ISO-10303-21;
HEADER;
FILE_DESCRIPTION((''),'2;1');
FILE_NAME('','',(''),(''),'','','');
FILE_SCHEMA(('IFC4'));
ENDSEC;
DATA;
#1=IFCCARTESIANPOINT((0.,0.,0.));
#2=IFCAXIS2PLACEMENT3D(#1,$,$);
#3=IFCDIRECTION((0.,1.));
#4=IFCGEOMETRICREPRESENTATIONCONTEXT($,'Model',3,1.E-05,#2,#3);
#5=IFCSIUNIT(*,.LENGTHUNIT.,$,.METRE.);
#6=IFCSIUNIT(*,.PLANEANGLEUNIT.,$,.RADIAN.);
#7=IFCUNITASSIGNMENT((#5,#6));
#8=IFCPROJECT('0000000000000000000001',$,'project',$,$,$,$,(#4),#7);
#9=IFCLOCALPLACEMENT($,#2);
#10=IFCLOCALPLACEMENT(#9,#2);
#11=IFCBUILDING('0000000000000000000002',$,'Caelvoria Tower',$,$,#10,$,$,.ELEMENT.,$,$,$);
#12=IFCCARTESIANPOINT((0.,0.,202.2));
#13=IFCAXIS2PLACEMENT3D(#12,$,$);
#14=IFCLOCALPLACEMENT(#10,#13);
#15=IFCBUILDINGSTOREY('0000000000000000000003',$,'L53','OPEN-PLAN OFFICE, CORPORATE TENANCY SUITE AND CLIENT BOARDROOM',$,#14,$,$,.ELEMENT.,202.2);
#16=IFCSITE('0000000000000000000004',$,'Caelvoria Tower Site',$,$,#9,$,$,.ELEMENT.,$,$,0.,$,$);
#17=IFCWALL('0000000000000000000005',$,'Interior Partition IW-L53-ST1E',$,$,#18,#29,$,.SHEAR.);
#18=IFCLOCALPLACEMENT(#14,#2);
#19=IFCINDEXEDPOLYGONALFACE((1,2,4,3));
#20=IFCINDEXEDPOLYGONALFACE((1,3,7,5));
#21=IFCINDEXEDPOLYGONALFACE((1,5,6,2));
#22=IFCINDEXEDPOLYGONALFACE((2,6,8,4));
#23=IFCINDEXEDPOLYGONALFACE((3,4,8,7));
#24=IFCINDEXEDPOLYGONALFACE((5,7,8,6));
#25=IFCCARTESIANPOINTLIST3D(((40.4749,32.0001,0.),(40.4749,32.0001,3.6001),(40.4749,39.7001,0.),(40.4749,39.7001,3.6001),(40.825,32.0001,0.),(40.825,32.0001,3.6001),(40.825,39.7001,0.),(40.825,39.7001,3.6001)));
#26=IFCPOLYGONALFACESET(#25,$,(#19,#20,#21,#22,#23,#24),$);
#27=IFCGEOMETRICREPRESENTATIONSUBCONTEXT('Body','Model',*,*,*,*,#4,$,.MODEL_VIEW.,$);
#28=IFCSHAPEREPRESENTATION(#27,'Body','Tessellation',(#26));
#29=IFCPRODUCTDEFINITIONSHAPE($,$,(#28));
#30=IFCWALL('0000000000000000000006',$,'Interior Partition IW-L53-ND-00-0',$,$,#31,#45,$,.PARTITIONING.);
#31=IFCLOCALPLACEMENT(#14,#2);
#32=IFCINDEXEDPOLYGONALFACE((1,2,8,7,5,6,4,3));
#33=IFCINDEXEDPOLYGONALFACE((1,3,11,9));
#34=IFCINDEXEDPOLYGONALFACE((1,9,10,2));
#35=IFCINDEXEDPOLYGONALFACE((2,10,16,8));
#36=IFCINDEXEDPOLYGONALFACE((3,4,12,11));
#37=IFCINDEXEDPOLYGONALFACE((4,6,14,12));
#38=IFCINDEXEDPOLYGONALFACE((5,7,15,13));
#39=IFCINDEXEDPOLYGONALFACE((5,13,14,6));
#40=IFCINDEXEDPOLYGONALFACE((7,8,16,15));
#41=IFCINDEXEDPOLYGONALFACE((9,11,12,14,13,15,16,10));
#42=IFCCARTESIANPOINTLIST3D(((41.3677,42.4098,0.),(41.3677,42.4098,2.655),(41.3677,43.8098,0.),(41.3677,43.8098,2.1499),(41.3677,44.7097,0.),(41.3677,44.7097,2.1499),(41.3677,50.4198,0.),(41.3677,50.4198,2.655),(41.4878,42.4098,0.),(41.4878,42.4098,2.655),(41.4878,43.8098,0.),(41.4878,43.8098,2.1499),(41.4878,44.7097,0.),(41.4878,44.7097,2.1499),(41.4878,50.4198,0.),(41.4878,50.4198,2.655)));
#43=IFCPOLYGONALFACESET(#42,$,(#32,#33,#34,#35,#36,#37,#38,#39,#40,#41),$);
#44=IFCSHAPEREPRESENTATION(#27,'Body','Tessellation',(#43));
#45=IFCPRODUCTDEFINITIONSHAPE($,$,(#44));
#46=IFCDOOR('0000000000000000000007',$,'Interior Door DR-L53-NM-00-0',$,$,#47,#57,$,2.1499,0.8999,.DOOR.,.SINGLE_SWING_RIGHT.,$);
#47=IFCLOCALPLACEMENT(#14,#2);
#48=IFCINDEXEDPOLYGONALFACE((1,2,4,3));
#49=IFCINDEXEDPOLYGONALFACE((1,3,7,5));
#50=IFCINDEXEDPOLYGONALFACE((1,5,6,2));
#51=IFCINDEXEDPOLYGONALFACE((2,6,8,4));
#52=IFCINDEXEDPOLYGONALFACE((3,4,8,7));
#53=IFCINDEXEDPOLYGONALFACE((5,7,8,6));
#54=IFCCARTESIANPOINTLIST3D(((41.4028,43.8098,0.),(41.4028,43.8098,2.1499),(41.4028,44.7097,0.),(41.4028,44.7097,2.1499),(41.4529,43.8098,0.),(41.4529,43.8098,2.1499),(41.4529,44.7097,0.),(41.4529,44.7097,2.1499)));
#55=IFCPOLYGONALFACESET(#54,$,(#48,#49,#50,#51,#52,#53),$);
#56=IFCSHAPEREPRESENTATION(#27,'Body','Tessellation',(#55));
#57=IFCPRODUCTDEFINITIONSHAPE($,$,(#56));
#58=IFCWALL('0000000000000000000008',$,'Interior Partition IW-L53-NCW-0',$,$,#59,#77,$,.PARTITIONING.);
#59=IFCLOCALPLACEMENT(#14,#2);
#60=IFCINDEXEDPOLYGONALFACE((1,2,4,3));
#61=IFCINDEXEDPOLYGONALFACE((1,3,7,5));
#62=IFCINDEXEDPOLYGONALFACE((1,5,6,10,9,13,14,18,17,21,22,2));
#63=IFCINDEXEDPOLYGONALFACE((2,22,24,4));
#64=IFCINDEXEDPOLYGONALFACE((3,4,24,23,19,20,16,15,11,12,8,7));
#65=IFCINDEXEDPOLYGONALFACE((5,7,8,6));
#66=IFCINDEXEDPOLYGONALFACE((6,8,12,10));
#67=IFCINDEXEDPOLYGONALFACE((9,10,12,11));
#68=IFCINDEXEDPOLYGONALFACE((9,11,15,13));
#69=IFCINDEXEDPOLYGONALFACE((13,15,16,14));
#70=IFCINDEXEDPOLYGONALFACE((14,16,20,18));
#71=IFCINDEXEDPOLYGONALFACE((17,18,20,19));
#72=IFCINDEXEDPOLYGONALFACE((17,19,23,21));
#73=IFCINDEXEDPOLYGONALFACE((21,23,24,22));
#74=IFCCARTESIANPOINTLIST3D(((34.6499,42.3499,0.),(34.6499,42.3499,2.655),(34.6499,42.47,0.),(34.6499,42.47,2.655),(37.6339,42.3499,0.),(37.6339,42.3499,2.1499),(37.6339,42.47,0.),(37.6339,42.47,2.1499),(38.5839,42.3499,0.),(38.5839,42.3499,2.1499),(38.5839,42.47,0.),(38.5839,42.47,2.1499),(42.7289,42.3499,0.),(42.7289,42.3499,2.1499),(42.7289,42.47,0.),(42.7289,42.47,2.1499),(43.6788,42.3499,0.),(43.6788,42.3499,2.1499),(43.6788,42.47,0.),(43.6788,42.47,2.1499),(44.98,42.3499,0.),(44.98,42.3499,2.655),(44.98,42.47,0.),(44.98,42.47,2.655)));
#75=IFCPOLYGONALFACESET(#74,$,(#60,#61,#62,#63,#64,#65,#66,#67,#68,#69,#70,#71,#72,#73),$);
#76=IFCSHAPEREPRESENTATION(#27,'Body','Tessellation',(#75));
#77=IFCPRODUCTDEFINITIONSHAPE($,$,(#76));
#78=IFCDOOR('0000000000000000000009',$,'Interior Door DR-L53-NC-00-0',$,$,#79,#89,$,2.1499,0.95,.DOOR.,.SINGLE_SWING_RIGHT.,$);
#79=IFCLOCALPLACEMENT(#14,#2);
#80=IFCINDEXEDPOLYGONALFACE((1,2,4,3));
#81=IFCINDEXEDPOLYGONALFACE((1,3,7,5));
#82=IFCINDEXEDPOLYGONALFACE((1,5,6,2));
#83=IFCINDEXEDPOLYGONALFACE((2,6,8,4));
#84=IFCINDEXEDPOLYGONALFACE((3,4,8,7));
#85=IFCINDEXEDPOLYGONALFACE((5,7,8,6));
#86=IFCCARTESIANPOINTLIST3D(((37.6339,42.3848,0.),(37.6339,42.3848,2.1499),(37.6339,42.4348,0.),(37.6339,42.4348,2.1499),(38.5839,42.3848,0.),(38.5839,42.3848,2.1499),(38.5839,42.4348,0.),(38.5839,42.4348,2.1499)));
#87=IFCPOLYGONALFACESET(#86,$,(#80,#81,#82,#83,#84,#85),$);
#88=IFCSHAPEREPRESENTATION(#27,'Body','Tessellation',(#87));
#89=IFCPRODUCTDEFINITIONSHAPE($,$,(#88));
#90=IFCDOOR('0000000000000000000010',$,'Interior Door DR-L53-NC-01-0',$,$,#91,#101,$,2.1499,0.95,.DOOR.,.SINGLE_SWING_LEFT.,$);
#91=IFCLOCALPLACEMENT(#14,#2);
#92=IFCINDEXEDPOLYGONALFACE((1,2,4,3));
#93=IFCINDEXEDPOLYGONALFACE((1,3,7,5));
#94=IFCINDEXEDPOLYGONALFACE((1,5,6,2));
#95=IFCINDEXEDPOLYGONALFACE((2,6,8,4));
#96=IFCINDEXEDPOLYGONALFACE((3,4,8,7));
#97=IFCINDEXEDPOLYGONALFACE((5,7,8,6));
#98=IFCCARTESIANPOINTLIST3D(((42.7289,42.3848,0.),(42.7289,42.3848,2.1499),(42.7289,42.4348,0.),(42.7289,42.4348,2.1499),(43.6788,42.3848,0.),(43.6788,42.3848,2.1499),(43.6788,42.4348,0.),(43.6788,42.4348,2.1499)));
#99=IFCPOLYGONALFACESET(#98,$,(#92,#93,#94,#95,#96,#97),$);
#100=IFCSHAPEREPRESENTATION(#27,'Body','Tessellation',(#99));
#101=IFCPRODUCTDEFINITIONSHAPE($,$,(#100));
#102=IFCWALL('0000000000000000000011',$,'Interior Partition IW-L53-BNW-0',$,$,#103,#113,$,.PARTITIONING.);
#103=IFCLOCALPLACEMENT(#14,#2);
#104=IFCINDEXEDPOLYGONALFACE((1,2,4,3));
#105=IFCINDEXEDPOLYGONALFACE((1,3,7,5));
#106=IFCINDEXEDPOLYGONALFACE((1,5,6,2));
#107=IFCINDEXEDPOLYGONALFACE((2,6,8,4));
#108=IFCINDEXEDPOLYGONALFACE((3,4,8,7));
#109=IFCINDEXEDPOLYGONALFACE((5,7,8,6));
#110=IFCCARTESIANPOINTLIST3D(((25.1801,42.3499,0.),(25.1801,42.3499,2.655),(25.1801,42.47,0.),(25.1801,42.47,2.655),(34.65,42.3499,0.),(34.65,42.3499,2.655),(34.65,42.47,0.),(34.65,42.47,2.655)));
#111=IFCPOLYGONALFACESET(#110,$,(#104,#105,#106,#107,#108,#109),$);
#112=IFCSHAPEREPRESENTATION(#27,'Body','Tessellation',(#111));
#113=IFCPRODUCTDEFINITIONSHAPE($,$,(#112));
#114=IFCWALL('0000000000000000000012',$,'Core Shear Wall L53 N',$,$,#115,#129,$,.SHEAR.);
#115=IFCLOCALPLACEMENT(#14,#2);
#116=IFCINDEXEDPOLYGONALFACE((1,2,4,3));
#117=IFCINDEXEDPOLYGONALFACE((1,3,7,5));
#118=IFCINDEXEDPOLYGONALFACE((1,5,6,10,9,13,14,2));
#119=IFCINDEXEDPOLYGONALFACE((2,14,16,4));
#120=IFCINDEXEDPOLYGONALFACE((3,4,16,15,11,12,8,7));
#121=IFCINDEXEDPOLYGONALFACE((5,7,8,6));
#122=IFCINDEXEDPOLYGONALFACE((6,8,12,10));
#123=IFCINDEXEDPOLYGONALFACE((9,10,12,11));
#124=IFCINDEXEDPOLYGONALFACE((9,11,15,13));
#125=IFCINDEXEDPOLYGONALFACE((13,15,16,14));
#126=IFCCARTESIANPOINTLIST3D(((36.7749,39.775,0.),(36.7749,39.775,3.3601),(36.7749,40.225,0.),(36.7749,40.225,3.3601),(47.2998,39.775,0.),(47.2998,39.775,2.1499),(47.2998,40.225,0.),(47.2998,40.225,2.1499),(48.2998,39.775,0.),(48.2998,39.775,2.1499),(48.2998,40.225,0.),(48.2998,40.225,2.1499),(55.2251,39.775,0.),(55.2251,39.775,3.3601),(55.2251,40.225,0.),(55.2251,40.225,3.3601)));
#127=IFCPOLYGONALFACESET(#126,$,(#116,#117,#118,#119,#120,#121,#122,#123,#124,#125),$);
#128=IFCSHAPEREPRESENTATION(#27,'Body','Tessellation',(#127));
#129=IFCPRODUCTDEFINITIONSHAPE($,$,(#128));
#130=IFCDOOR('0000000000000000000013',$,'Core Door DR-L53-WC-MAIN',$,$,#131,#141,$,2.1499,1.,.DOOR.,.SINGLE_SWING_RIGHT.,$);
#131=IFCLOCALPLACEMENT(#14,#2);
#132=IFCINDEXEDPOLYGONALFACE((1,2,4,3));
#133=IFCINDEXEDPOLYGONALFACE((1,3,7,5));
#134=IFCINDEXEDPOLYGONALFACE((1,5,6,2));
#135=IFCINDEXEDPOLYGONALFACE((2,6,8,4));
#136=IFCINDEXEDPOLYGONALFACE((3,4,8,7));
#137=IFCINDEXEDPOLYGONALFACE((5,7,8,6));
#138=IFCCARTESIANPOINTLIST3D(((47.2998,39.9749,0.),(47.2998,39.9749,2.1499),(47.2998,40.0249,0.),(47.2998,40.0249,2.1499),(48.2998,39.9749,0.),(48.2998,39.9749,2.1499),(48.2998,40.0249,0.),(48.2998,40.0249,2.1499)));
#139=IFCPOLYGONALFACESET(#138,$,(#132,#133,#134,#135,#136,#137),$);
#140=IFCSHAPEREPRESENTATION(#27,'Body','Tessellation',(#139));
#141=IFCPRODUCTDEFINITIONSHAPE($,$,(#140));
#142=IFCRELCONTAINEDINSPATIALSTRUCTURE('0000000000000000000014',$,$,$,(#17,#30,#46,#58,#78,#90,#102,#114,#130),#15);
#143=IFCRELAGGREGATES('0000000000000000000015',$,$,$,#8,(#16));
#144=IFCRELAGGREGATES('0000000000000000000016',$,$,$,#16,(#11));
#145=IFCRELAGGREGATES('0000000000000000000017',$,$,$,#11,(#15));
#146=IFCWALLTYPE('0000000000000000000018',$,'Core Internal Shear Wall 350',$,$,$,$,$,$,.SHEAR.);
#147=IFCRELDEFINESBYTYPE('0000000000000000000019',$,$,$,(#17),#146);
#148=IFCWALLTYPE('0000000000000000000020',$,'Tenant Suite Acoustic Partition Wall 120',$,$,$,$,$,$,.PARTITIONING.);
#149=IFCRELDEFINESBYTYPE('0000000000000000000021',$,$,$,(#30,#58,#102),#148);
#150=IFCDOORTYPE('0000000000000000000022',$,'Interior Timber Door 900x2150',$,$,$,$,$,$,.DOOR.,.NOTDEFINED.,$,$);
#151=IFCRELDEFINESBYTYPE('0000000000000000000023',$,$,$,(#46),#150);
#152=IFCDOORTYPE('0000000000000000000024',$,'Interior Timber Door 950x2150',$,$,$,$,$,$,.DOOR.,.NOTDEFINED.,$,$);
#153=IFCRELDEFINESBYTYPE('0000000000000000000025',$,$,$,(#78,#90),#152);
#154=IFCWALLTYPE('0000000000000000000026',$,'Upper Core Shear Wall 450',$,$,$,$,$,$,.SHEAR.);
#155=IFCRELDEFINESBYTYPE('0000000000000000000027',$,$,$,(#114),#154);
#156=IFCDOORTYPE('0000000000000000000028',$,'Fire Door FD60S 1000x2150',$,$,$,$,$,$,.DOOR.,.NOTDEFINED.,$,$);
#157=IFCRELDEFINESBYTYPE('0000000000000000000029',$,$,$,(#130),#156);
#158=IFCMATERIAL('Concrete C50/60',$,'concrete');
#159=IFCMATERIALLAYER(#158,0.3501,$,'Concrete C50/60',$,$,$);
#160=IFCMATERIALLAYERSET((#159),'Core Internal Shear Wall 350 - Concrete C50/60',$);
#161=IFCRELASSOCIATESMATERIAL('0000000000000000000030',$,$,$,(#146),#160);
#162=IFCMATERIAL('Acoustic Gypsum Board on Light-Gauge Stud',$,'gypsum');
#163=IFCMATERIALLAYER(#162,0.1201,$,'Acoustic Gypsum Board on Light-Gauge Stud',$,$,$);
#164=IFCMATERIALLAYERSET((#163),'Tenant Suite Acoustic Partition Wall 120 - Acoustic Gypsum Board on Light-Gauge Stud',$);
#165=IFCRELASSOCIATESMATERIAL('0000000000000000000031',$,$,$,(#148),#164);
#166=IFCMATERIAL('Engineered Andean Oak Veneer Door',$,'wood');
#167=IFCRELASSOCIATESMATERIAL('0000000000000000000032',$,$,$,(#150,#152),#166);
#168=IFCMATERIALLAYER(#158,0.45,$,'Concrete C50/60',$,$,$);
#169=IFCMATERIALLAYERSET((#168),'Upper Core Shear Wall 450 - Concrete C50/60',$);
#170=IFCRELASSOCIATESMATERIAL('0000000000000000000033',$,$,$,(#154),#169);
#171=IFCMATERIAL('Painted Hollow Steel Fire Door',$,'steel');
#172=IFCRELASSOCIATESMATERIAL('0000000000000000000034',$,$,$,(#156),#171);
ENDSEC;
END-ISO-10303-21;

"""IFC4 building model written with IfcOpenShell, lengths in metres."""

from ifc_helpers import new_model, si_unit, direction, frame, frame_2d, origin, place, context, subcontext, project, spatial, rectangle, extrude, material, layer, layer_set, type_object, element, fill, save


model = new_model("IFC4")

# Units and contexts
model_context = context("Model", 3, precision=1e-05, world=origin(), true_north=direction((0.0, 1.0)))
body_context = subcontext(model_context, "Body", "Model", "MODEL_VIEW")
ifc_project = project(units=[si_unit("LENGTHUNIT", "METRE"), si_unit("PLANEANGLEUNIT", "RADIAN")], contexts=[model_context])

# Site, building, storey
site_placement = place(None, origin())
site = spatial("IfcSite", under=ifc_project, at=site_placement, Name="Caelvoria Tower Site", CompositionType="ELEMENT", RefElevation=0.0)
building_placement = place(site_placement, origin())
building = spatial("IfcBuilding", under=site, at=building_placement, Name="Caelvoria Tower", CompositionType="ELEMENT")
storey_placement = place(building_placement, frame((0.0, 0.0, 202.2)))
storey = spatial("IfcBuildingStorey", under=building, at=storey_placement, Name="L53", Description="OPEN-PLAN OFFICE, CORPORATE TENANCY SUITE AND CLIENT BOARDROOM", CompositionType="ELEMENT", Elevation=202.2)

# Wall
ifc_material_1 = material(Name="Concrete C50/60", Category="concrete")
ifc_layer_1 = layer(ifc_material_1, 0.3501, Name="Concrete C50/60")
ifc_layer_set_1 = layer_set([ifc_layer_1], Name="Core Internal Shear Wall 350 - Concrete C50/60")
wall_type_1 = type_object("IfcWallType", Name="Core Internal Shear Wall 350", PredefinedType="SHEAR", material=ifc_layer_set_1)
wall_1_placement = place(storey_placement, frame((40.6499, 32.0, 0.0), z_axis=(0.0, 0.0, 1.0), x_axis=(0.0, 1.0, 0.0)))
element("IfcWall", 1, at=wall_1_placement, inside=storey, type_object=wall_type_1, Name="Interior Partition IW-L53-ST1E", PredefinedType="SHEAR", context=body_context, shape_type="SweptSolid", body=[
    extrude(rectangle(XDim=7.7, YDim=0.3501, at=frame_2d((3.8501, 0.0))), origin(), (0.0, 0.0, 1.0), 3.6001),
])

# Wall, opening, door
ifc_material_2 = material(Name="Acoustic Gypsum Board on Light-Gauge Stud", Category="gypsum")
ifc_layer_2 = layer(ifc_material_2, 0.1201, Name="Acoustic Gypsum Board on Light-Gauge Stud")
ifc_layer_set_2 = layer_set([ifc_layer_2], Name="Tenant Suite Acoustic Partition Wall 120 - Acoustic Gypsum Board on Light-Gauge Stud")
wall_type_2 = type_object("IfcWallType", Name="Tenant Suite Acoustic Partition Wall 120", PredefinedType="PARTITIONING", material=ifc_layer_set_2)
wall_2_placement = place(storey_placement, frame((41.4277, 42.4099, 0.0), z_axis=(0.0, 0.0, 1.0), x_axis=(0.0, 1.0, 0.0)))
wall_2 = element("IfcWall", 2, at=wall_2_placement, inside=storey, type_object=wall_type_2, Name="Interior Partition IW-L53-ND-00-0", PredefinedType="PARTITIONING", context=body_context, shape_type="SweptSolid", body=[
    extrude(rectangle(XDim=8.01, YDim=0.1201, at=frame_2d((4.0049, 0.0))), origin(), (0.0, 0.0, 1.0), 2.655),
])
opening_1_placement = place(wall_2_placement, frame((1.3999, 0.0, 0.0)))
opening_1 = element("IfcOpeningElement", 3, at=opening_1_placement, cuts=wall_2, PredefinedType="OPENING", context=body_context, shape_type="SweptSolid", body=[
    extrude(rectangle(XDim=0.8999, YDim=2.1499, at=frame_2d((0.45, 1.075))), frame((0.0, 0.0701, 0.0), z_axis=(0.0, -1.0, 0.0), x_axis=(1.0, 0.0, 0.0)), (0.0, 0.0, 1.0), 0.1401),
])
ifc_material_3 = material(Name="Engineered Andean Oak Veneer Door", Category="wood")
door_type_1 = type_object("IfcDoorType", Name="Interior Timber Door 900x2150", OperationType="NOTDEFINED", PredefinedType="DOOR", material=ifc_material_3)
door_1_placement = place(opening_1_placement, origin())
door_1 = element("IfcDoor", 4, at=door_1_placement, inside=storey, type_object=door_type_1, Name="Interior Door DR-L53-NM-00-0", OperationType="SINGLE_SWING_RIGHT", OverallHeight=2.1499, OverallWidth=0.8999, PredefinedType="DOOR", context=body_context, shape_type="SweptSolid", body=[
    extrude(rectangle(XDim=0.8999, YDim=2.1499, at=frame_2d((0.45, 1.075))), frame((0.0, 0.0249, 0.0), z_axis=(0.0, -1.0, 0.0), x_axis=(1.0, 0.0, 0.0)), (0.0, 0.0, 1.0), 0.05),
])
fill(opening_1, door_1)

# Wall, openings, doors
wall_3_placement = place(storey_placement, frame((34.6499, 42.4099, 0.0), z_axis=(0.0, 0.0, 1.0), x_axis=(1.0, 0.0, 0.0)))
wall_3 = element("IfcWall", 5, at=wall_3_placement, inside=storey, type_object=wall_type_2, Name="Interior Partition IW-L53-NCW-0", PredefinedType="PARTITIONING", context=body_context, shape_type="SweptSolid", body=[
    extrude(rectangle(XDim=10.3301, YDim=0.1201, at=frame_2d((5.165, 0.0))), origin(), (0.0, 0.0, 1.0), 2.655),
])
opening_2_placement = place(wall_3_placement, frame((2.9839, 0.0, 0.0)))
opening_2 = element("IfcOpeningElement", 6, at=opening_2_placement, cuts=wall_3, PredefinedType="OPENING", context=body_context, shape_type="SweptSolid", body=[
    extrude(rectangle(XDim=0.95, YDim=2.1499, at=frame_2d((0.4751, 1.075))), frame((0.0, 0.0701, 0.0), z_axis=(0.0, -1.0, 0.0), x_axis=(1.0, 0.0, 0.0)), (0.0, 0.0, 1.0), 0.1401),
])
opening_3_placement = place(wall_3_placement, frame((8.0789, 0.0, 0.0)))
opening_3 = element("IfcOpeningElement", 7, at=opening_3_placement, cuts=wall_3, PredefinedType="OPENING", context=body_context, shape_type="SweptSolid", body=[
    extrude(rectangle(XDim=0.95, YDim=2.1499, at=frame_2d((0.4751, 1.075))), frame((0.0, 0.0701, 0.0), z_axis=(0.0, -1.0, 0.0), x_axis=(1.0, 0.0, 0.0)), (0.0, 0.0, 1.0), 0.1401),
])
door_type_2 = type_object("IfcDoorType", Name="Interior Timber Door 950x2150", OperationType="NOTDEFINED", PredefinedType="DOOR", material=ifc_material_3)
door_2_placement = place(opening_2_placement, origin())
door_2 = element("IfcDoor", 8, at=door_2_placement, inside=storey, type_object=door_type_2, Name="Interior Door DR-L53-NC-00-0", OperationType="SINGLE_SWING_RIGHT", OverallHeight=2.1499, OverallWidth=0.95, PredefinedType="DOOR", context=body_context, shape_type="SweptSolid", body=[
    extrude(rectangle(XDim=0.95, YDim=2.1499, at=frame_2d((0.4751, 1.075))), frame((0.0, 0.0249, 0.0), z_axis=(0.0, -1.0, 0.0), x_axis=(1.0, 0.0, 0.0)), (0.0, 0.0, 1.0), 0.05),
])
fill(opening_2, door_2)
door_3_placement = place(opening_3_placement, origin())
door_3 = element("IfcDoor", 9, at=door_3_placement, inside=storey, type_object=door_type_2, Name="Interior Door DR-L53-NC-01-0", OperationType="SINGLE_SWING_LEFT", OverallHeight=2.1499, OverallWidth=0.95, PredefinedType="DOOR", context=body_context, shape_type="SweptSolid", body=[
    extrude(rectangle(XDim=0.95, YDim=2.1499, at=frame_2d((0.4751, 1.075))), frame((0.0, 0.0249, 0.0), z_axis=(0.0, -1.0, 0.0), x_axis=(1.0, 0.0, 0.0)), (0.0, 0.0, 1.0), 0.05),
])
fill(opening_3, door_3)

# Wall
wall_4_placement = place(storey_placement, frame((34.6499, 42.4099, 0.0), z_axis=(0.0, 0.0, 1.0), x_axis=(-1.0, 0.0, 0.0)))
element("IfcWall", 10, at=wall_4_placement, inside=storey, type_object=wall_type_2, Name="Interior Partition IW-L53-BNW-0", PredefinedType="PARTITIONING", context=body_context, shape_type="SweptSolid", body=[
    extrude(rectangle(XDim=9.47, YDim=0.1201, at=frame_2d((4.7349, 0.0))), origin(), (0.0, 0.0, 1.0), 2.655),
])

# Wall, opening, door
ifc_layer_3 = layer(ifc_material_1, 0.45, Name="Concrete C50/60")
ifc_layer_set_3 = layer_set([ifc_layer_3], Name="Upper Core Shear Wall 450 - Concrete C50/60")
wall_type_3 = type_object("IfcWallType", Name="Upper Core Shear Wall 450", PredefinedType="SHEAR", material=ifc_layer_set_3)
wall_5_placement = place(storey_placement, frame((36.7749, 40.0, 0.0), z_axis=(0.0, 0.0, 1.0), x_axis=(1.0, 0.0, 0.0)))
wall_5 = element("IfcWall", 11, at=wall_5_placement, inside=storey, type_object=wall_type_3, Name="Core Shear Wall L53 N", PredefinedType="SHEAR", context=body_context, shape_type="SweptSolid", body=[
    extrude(rectangle(XDim=18.4502, YDim=0.45, at=frame_2d((9.2251, 0.0))), origin(), (0.0, 0.0, 1.0), 3.3601),
])
opening_4_placement = place(wall_5_placement, frame((10.5249, 0.0, 0.0)))
opening_4 = element("IfcOpeningElement", 12, at=opening_4_placement, cuts=wall_5, PredefinedType="OPENING", context=body_context, shape_type="SweptSolid", body=[
    extrude(rectangle(XDim=1.0, YDim=2.1499, at=frame_2d((0.5, 1.075))), frame((0.0, 0.2349, 0.0), z_axis=(0.0, -1.0, 0.0), x_axis=(1.0, 0.0, 0.0)), (0.0, 0.0, 1.0), 0.47),
])
ifc_material_4 = material(Name="Painted Hollow Steel Fire Door", Category="steel")
door_type_3 = type_object("IfcDoorType", Name="Fire Door FD60S 1000x2150", OperationType="NOTDEFINED", PredefinedType="DOOR", material=ifc_material_4)
door_4_placement = place(opening_4_placement, origin())
door_4 = element("IfcDoor", 13, at=door_4_placement, inside=storey, type_object=door_type_3, Name="Core Door DR-L53-WC-MAIN", OperationType="SINGLE_SWING_RIGHT", OverallHeight=2.1499, OverallWidth=1.0, PredefinedType="DOOR", context=body_context, shape_type="SweptSolid", body=[
    extrude(rectangle(XDim=1.0, YDim=2.1499, at=frame_2d((0.5, 1.075))), frame((0.0, 0.0249, 0.0), z_axis=(0.0, -1.0, 0.0), x_axis=(1.0, 0.0, 0.0)), (0.0, 0.0, 1.0), 0.05),
])
fill(opening_4, door_4)

save(model, "model.ifc")
